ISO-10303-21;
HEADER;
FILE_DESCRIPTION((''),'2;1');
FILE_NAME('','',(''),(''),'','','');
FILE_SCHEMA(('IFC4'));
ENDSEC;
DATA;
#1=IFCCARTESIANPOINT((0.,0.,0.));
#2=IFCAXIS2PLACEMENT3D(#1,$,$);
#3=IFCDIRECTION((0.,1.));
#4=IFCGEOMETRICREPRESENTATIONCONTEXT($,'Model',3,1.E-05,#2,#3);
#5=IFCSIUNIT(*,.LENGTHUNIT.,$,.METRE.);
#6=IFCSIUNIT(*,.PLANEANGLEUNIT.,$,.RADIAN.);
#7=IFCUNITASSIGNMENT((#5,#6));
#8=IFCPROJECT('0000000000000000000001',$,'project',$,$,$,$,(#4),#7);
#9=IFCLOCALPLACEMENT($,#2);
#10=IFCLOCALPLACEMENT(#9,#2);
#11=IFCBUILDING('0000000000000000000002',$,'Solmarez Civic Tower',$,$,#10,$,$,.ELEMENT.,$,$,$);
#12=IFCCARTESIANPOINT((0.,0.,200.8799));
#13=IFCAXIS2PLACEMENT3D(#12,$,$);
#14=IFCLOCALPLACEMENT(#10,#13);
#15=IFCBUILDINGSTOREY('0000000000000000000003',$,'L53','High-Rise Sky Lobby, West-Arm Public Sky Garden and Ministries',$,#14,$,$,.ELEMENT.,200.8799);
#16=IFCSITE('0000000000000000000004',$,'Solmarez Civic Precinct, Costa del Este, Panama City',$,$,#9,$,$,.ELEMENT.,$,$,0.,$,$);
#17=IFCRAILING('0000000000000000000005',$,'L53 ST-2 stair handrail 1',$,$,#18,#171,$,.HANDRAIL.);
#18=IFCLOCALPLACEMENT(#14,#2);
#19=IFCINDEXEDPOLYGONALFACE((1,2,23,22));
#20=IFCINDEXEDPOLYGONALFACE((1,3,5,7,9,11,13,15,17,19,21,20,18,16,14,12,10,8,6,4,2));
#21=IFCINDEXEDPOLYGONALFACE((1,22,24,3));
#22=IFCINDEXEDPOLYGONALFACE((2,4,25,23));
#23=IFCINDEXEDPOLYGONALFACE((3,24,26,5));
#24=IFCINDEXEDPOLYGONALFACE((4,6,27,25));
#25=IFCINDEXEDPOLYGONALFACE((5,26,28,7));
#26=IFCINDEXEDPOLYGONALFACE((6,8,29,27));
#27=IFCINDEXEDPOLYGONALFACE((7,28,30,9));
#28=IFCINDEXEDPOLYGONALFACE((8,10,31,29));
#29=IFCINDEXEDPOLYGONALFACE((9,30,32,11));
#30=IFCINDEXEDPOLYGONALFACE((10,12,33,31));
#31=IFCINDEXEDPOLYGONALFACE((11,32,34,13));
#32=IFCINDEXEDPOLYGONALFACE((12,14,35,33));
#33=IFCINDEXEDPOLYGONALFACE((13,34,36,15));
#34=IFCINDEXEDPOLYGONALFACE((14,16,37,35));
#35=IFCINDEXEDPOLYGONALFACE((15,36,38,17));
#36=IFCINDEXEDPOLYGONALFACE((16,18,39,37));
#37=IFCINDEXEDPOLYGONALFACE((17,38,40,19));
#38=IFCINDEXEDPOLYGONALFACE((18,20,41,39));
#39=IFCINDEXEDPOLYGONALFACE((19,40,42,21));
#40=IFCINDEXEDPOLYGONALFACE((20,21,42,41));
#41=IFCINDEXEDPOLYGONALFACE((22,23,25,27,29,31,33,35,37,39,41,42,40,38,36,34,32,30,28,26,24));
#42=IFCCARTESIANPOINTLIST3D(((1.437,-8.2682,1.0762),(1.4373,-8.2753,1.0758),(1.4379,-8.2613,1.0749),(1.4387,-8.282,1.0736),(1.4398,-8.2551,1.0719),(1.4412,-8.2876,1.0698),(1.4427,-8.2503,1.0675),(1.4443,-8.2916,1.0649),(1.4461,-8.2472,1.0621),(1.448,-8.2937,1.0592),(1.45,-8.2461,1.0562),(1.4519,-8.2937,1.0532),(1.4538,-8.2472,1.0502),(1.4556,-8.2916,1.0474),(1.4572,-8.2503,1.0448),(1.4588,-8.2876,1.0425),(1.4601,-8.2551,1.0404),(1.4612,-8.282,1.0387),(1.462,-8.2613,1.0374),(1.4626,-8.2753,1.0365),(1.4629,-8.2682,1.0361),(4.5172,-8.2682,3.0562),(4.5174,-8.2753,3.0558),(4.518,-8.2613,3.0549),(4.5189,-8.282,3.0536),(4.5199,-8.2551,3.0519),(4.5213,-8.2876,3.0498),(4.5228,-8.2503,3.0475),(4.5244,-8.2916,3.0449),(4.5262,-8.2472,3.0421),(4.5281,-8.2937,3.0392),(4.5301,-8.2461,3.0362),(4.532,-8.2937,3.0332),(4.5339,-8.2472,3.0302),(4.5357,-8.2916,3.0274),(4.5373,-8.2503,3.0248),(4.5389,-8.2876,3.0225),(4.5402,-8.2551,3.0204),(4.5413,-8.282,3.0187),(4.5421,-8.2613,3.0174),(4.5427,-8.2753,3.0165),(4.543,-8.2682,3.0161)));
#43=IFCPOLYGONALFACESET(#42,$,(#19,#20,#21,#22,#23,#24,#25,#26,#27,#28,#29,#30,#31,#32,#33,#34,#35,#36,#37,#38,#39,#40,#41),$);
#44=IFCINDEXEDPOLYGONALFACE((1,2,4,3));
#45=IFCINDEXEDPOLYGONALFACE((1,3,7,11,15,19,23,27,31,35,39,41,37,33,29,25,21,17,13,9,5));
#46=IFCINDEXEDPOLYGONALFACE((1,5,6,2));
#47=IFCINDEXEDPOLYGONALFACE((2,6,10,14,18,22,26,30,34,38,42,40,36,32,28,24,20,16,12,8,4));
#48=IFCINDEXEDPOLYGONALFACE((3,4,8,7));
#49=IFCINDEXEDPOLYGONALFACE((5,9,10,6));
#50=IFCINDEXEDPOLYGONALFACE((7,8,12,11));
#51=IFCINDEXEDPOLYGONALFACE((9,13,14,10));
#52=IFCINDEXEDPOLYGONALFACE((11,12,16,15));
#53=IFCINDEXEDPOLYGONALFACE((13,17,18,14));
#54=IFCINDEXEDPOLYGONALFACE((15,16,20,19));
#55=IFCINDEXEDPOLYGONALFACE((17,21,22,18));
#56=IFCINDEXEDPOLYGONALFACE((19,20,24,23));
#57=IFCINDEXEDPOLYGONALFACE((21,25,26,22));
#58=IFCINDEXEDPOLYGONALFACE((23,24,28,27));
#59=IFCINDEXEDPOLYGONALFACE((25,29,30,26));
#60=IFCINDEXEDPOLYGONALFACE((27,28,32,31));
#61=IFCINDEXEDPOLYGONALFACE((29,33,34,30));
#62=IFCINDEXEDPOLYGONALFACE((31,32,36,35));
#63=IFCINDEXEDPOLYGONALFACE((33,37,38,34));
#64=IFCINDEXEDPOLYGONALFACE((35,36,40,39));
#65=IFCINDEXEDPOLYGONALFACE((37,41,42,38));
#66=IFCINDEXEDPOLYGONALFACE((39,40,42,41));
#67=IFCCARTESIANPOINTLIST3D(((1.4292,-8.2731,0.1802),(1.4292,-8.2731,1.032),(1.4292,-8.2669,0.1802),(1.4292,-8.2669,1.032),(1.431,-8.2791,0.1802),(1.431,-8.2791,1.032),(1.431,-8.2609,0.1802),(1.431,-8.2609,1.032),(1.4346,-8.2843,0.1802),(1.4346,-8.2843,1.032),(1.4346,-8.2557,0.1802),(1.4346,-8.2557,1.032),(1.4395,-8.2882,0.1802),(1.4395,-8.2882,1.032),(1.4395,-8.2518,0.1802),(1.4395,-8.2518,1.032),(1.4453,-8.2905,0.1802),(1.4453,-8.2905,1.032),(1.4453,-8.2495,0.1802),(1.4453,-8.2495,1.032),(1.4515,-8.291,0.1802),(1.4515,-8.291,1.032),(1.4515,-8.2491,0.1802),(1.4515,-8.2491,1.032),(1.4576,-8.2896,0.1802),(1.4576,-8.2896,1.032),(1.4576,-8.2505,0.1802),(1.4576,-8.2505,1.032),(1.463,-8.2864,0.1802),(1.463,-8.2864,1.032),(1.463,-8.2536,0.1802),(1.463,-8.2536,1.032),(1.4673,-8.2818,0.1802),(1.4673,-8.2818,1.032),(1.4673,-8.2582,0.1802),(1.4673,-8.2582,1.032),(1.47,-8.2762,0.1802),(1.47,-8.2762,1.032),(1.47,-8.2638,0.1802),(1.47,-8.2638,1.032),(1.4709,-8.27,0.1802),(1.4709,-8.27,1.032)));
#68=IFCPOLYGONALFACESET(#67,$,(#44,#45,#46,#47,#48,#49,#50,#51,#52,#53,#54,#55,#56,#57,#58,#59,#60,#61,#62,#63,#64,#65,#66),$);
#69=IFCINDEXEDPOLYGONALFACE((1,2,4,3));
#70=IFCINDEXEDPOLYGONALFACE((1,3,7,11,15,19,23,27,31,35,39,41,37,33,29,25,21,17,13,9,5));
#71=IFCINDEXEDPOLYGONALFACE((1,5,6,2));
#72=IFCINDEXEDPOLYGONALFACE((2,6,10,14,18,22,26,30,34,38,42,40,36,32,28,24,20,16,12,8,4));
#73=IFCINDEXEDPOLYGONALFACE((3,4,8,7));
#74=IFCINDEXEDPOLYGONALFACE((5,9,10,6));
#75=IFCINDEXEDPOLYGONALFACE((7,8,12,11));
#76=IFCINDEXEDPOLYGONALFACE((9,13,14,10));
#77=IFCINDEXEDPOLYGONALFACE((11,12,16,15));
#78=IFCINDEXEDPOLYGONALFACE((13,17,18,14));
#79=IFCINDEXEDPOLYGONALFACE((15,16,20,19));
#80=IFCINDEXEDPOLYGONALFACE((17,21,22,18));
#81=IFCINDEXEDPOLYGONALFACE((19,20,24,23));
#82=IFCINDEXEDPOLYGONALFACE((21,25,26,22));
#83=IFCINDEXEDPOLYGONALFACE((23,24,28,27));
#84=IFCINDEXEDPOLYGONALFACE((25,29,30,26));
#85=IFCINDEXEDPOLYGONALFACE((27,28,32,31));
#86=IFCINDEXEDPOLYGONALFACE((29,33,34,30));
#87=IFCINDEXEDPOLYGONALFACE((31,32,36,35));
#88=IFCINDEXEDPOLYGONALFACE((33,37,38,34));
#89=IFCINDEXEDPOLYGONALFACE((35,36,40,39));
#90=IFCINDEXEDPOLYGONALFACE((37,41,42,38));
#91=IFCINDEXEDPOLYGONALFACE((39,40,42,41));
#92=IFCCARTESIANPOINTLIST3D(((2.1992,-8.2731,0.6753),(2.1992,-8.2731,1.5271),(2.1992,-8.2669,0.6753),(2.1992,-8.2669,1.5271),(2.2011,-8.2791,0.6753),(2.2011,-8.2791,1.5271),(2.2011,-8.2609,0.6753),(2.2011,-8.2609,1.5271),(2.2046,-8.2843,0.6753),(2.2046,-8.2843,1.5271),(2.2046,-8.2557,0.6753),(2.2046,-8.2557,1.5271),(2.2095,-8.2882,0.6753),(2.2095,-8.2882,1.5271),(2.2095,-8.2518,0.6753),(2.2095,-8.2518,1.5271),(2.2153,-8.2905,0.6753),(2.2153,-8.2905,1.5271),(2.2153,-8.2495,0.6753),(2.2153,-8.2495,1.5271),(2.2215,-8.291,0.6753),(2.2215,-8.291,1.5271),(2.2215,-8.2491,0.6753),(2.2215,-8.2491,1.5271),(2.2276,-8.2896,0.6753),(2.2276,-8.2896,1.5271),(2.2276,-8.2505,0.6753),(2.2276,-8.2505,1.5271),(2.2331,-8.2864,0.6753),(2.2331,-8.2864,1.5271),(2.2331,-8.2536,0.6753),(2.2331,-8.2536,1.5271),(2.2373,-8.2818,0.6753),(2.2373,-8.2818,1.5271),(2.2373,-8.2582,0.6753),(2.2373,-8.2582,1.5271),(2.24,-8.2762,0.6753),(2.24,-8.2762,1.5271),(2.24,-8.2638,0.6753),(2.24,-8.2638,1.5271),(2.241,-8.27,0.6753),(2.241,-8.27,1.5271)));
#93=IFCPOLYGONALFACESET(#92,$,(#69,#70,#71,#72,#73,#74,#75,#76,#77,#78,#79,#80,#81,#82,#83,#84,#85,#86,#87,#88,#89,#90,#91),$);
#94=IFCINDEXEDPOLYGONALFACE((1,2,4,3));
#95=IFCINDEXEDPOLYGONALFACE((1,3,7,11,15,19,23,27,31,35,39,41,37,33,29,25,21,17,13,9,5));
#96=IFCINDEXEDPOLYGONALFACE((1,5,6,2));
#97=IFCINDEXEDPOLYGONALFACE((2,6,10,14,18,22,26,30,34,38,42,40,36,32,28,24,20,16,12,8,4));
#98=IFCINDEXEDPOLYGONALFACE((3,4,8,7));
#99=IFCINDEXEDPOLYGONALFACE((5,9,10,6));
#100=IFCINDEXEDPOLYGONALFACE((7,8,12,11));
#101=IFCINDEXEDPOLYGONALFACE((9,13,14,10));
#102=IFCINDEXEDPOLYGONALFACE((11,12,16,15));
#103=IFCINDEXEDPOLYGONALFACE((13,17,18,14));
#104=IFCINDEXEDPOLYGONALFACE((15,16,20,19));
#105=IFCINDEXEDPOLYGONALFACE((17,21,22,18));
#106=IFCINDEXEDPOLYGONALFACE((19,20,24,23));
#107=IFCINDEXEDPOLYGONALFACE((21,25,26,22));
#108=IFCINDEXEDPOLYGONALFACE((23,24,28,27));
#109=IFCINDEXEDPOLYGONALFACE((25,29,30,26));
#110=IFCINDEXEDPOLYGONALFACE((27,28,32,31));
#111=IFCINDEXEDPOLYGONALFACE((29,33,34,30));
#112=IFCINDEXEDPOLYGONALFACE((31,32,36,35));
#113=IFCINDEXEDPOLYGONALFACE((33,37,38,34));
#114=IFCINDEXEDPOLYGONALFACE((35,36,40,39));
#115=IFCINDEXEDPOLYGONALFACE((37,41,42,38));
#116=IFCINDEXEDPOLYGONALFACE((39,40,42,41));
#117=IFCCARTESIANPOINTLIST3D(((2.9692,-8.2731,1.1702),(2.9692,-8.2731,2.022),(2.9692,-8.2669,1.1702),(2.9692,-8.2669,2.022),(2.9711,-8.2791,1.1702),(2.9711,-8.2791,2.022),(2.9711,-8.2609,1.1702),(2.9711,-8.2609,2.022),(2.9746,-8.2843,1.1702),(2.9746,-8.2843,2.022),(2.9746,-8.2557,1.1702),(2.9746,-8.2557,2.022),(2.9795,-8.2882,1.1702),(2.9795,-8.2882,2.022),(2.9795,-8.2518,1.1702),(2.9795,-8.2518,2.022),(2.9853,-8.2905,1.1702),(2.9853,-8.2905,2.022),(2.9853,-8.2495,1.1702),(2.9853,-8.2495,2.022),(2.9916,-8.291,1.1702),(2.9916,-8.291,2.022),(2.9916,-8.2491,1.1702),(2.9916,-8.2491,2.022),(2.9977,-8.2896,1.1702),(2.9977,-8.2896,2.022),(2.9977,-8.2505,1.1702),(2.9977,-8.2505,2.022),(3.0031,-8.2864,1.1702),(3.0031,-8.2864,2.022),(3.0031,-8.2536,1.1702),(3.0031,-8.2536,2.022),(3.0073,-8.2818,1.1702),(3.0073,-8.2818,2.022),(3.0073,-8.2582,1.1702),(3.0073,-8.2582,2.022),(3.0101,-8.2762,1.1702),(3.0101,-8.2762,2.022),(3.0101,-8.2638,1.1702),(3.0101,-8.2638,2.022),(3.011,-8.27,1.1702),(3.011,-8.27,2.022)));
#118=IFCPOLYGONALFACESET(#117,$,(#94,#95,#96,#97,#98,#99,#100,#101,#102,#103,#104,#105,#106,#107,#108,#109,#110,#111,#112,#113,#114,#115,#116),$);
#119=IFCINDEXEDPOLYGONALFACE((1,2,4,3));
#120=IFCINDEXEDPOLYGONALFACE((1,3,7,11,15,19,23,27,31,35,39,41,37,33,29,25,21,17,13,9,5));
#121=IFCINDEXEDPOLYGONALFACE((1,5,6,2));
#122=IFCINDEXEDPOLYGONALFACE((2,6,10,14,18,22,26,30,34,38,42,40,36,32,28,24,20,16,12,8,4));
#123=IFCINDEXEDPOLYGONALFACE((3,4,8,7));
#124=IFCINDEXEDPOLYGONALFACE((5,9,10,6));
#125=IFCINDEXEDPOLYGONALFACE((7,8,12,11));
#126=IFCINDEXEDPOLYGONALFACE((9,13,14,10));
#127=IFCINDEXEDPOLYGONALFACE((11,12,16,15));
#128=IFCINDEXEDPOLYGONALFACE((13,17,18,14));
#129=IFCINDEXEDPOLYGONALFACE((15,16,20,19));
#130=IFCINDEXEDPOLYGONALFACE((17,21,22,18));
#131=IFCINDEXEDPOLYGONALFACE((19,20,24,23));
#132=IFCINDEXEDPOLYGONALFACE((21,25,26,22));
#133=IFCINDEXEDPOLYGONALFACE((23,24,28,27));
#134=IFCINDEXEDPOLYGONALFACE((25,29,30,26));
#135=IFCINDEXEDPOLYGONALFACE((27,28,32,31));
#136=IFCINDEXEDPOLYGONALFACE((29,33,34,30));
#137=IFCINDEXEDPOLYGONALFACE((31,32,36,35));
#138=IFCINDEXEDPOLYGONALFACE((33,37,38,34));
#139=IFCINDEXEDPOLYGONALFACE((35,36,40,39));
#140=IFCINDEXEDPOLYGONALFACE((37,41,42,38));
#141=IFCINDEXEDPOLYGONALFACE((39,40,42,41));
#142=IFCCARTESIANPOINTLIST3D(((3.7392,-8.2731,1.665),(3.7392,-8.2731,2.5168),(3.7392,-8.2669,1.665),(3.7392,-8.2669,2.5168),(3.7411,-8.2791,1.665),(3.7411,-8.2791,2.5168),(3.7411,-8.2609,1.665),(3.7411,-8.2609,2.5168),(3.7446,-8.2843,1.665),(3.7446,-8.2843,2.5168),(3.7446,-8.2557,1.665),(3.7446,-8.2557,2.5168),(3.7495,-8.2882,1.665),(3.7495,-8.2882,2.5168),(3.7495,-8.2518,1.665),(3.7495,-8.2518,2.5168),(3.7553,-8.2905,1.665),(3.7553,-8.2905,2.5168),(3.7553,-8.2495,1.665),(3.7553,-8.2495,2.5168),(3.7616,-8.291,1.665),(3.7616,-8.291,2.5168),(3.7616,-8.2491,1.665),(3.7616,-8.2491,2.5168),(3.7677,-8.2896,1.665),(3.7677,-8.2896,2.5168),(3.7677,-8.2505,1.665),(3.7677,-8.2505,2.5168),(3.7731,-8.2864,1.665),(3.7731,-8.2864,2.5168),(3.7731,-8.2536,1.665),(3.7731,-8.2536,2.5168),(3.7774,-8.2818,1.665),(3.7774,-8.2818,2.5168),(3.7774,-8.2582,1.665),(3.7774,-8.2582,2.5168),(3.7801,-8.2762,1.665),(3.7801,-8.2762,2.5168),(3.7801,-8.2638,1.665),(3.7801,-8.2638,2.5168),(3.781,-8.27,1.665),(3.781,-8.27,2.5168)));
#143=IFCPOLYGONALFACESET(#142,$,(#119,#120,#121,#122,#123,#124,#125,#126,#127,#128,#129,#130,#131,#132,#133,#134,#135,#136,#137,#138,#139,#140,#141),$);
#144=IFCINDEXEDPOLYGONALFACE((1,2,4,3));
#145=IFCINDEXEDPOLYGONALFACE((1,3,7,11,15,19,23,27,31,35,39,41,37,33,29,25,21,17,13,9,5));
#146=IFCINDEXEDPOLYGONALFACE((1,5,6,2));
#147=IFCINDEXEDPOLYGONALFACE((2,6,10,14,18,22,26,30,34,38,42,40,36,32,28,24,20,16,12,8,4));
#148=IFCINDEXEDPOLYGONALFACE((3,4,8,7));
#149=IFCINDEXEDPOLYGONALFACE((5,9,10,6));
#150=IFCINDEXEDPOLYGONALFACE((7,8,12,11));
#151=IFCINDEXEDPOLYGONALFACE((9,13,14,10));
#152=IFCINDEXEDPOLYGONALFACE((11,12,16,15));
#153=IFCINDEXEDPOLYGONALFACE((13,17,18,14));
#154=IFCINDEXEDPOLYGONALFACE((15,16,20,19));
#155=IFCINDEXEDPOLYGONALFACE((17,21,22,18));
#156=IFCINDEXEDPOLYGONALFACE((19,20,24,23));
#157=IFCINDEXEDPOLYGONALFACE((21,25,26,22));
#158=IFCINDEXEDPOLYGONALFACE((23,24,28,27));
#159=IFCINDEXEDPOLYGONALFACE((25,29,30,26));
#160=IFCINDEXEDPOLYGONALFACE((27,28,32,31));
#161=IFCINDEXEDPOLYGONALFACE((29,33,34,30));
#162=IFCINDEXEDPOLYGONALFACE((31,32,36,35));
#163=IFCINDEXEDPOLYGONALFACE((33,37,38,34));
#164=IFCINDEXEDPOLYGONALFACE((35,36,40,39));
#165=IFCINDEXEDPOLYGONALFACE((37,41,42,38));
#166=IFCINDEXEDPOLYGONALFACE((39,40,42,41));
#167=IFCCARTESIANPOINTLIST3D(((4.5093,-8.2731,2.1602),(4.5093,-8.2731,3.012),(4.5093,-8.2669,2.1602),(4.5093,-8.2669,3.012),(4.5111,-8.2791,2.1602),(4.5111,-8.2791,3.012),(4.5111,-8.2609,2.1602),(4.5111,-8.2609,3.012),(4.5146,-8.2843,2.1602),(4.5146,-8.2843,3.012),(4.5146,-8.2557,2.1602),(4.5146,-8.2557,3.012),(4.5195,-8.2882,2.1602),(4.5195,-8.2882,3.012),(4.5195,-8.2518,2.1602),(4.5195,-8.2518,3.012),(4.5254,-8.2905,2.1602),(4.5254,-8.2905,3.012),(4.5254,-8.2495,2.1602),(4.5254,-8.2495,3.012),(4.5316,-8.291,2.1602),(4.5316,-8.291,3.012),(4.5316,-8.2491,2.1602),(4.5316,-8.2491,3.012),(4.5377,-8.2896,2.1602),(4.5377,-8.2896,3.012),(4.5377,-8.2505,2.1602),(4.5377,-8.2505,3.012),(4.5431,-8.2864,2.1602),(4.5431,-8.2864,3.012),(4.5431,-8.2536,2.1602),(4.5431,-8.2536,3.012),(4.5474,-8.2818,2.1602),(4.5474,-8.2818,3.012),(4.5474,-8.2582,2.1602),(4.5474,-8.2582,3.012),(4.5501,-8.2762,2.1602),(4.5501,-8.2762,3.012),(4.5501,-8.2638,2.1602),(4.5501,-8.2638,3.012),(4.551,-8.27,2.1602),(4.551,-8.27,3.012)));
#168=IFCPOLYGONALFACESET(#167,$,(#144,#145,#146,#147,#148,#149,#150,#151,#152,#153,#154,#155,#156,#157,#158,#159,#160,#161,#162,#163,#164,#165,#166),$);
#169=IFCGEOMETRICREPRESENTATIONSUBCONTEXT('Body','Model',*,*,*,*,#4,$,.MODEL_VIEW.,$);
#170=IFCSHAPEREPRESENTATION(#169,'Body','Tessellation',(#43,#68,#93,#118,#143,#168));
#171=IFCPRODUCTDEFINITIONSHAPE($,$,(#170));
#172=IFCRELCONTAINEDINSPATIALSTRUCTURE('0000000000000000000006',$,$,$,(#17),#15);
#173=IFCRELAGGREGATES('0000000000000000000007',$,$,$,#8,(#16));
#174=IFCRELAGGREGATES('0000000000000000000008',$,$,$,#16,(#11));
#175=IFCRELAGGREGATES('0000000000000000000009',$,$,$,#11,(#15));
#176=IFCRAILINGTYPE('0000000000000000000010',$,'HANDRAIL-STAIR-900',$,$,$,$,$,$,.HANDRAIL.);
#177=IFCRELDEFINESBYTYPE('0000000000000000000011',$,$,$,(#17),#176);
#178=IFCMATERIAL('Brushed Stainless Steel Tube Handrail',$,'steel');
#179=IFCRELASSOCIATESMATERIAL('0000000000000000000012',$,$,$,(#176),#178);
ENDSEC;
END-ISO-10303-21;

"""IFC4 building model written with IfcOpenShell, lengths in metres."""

from ifc_helpers import new_model, si_unit, direction, frame, origin, origin_2d, place, context, subcontext, project, spatial, circle, extrude, material, type_object, element, save


model = new_model("IFC4")

# Units and contexts
model_context = context("Model", 3, precision=1e-05, world=origin(), true_north=direction((0.0, 1.0)))
body_context = subcontext(model_context, "Body", "Model", "MODEL_VIEW")
ifc_project = project(units=[si_unit("LENGTHUNIT", "METRE"), si_unit("PLANEANGLEUNIT", "RADIAN")], contexts=[model_context])

# Site, building, storey
site_placement = place(None, origin())
site = spatial("IfcSite", under=ifc_project, at=site_placement, Name="Solmarez Civic Precinct, Costa del Este, Panama City", CompositionType="ELEMENT", RefElevation=0.0)
building_placement = place(site_placement, origin())
building = spatial("IfcBuilding", under=site, at=building_placement, Name="Solmarez Civic Tower", CompositionType="ELEMENT")
storey_placement = place(building_placement, frame((0.0, 0.0, 200.8799)))
storey = spatial("IfcBuildingStorey", under=building, at=storey_placement, Name="L53", Description="High-Rise Sky Lobby, West-Arm Public Sky Garden and Ministries", CompositionType="ELEMENT", Elevation=200.8799)

# Railing
ifc_material_1 = material(Name="Brushed Stainless Steel Tube Handrail", Category="steel")
railing_type_1 = type_object("IfcRailingType", Name="HANDRAIL-STAIR-900", PredefinedType="HANDRAIL", material=ifc_material_1)
railing_1_placement = place(storey_placement, frame((1.45, -8.27, 0.1802)))
element("IfcRailing", 1, at=railing_1_placement, inside=storey, type_object=railing_type_1, Name="L53 ST-2 stair handrail 1", PredefinedType="HANDRAIL", context=body_context, shape_type="SweptSolid", body=[
    extrude(circle(Radius=0.0239, at=origin_2d()), frame((0.0, 0.0, 0.876), z_axis=(0.841187, 0.0, 0.540744), x_axis=(0.0, 1.0, 0.0)), (0.0, 0.0, 1.0), 3.6616),
    extrude(circle(Radius=0.021, at=origin_2d()), origin(), (0.0, 0.0, 1.0), 0.8518),
    extrude(circle(Radius=0.021, at=origin_2d()), frame((0.77, 0.0, 0.4951)), (0.0, 0.0, 1.0), 0.8518),
    extrude(circle(Radius=0.021, at=origin_2d()), frame((1.54, 0.0, 0.99)), (0.0, 0.0, 1.0), 0.8518),
    extrude(circle(Radius=0.021, at=origin_2d()), frame((2.3101, 0.0, 1.4849)), (0.0, 0.0, 1.0), 0.8518),
    extrude(circle(Radius=0.021, at=origin_2d()), frame((3.0801, 0.0, 1.98)), (0.0, 0.0, 1.0), 0.8518),
])

save(model, "model.ifc")
